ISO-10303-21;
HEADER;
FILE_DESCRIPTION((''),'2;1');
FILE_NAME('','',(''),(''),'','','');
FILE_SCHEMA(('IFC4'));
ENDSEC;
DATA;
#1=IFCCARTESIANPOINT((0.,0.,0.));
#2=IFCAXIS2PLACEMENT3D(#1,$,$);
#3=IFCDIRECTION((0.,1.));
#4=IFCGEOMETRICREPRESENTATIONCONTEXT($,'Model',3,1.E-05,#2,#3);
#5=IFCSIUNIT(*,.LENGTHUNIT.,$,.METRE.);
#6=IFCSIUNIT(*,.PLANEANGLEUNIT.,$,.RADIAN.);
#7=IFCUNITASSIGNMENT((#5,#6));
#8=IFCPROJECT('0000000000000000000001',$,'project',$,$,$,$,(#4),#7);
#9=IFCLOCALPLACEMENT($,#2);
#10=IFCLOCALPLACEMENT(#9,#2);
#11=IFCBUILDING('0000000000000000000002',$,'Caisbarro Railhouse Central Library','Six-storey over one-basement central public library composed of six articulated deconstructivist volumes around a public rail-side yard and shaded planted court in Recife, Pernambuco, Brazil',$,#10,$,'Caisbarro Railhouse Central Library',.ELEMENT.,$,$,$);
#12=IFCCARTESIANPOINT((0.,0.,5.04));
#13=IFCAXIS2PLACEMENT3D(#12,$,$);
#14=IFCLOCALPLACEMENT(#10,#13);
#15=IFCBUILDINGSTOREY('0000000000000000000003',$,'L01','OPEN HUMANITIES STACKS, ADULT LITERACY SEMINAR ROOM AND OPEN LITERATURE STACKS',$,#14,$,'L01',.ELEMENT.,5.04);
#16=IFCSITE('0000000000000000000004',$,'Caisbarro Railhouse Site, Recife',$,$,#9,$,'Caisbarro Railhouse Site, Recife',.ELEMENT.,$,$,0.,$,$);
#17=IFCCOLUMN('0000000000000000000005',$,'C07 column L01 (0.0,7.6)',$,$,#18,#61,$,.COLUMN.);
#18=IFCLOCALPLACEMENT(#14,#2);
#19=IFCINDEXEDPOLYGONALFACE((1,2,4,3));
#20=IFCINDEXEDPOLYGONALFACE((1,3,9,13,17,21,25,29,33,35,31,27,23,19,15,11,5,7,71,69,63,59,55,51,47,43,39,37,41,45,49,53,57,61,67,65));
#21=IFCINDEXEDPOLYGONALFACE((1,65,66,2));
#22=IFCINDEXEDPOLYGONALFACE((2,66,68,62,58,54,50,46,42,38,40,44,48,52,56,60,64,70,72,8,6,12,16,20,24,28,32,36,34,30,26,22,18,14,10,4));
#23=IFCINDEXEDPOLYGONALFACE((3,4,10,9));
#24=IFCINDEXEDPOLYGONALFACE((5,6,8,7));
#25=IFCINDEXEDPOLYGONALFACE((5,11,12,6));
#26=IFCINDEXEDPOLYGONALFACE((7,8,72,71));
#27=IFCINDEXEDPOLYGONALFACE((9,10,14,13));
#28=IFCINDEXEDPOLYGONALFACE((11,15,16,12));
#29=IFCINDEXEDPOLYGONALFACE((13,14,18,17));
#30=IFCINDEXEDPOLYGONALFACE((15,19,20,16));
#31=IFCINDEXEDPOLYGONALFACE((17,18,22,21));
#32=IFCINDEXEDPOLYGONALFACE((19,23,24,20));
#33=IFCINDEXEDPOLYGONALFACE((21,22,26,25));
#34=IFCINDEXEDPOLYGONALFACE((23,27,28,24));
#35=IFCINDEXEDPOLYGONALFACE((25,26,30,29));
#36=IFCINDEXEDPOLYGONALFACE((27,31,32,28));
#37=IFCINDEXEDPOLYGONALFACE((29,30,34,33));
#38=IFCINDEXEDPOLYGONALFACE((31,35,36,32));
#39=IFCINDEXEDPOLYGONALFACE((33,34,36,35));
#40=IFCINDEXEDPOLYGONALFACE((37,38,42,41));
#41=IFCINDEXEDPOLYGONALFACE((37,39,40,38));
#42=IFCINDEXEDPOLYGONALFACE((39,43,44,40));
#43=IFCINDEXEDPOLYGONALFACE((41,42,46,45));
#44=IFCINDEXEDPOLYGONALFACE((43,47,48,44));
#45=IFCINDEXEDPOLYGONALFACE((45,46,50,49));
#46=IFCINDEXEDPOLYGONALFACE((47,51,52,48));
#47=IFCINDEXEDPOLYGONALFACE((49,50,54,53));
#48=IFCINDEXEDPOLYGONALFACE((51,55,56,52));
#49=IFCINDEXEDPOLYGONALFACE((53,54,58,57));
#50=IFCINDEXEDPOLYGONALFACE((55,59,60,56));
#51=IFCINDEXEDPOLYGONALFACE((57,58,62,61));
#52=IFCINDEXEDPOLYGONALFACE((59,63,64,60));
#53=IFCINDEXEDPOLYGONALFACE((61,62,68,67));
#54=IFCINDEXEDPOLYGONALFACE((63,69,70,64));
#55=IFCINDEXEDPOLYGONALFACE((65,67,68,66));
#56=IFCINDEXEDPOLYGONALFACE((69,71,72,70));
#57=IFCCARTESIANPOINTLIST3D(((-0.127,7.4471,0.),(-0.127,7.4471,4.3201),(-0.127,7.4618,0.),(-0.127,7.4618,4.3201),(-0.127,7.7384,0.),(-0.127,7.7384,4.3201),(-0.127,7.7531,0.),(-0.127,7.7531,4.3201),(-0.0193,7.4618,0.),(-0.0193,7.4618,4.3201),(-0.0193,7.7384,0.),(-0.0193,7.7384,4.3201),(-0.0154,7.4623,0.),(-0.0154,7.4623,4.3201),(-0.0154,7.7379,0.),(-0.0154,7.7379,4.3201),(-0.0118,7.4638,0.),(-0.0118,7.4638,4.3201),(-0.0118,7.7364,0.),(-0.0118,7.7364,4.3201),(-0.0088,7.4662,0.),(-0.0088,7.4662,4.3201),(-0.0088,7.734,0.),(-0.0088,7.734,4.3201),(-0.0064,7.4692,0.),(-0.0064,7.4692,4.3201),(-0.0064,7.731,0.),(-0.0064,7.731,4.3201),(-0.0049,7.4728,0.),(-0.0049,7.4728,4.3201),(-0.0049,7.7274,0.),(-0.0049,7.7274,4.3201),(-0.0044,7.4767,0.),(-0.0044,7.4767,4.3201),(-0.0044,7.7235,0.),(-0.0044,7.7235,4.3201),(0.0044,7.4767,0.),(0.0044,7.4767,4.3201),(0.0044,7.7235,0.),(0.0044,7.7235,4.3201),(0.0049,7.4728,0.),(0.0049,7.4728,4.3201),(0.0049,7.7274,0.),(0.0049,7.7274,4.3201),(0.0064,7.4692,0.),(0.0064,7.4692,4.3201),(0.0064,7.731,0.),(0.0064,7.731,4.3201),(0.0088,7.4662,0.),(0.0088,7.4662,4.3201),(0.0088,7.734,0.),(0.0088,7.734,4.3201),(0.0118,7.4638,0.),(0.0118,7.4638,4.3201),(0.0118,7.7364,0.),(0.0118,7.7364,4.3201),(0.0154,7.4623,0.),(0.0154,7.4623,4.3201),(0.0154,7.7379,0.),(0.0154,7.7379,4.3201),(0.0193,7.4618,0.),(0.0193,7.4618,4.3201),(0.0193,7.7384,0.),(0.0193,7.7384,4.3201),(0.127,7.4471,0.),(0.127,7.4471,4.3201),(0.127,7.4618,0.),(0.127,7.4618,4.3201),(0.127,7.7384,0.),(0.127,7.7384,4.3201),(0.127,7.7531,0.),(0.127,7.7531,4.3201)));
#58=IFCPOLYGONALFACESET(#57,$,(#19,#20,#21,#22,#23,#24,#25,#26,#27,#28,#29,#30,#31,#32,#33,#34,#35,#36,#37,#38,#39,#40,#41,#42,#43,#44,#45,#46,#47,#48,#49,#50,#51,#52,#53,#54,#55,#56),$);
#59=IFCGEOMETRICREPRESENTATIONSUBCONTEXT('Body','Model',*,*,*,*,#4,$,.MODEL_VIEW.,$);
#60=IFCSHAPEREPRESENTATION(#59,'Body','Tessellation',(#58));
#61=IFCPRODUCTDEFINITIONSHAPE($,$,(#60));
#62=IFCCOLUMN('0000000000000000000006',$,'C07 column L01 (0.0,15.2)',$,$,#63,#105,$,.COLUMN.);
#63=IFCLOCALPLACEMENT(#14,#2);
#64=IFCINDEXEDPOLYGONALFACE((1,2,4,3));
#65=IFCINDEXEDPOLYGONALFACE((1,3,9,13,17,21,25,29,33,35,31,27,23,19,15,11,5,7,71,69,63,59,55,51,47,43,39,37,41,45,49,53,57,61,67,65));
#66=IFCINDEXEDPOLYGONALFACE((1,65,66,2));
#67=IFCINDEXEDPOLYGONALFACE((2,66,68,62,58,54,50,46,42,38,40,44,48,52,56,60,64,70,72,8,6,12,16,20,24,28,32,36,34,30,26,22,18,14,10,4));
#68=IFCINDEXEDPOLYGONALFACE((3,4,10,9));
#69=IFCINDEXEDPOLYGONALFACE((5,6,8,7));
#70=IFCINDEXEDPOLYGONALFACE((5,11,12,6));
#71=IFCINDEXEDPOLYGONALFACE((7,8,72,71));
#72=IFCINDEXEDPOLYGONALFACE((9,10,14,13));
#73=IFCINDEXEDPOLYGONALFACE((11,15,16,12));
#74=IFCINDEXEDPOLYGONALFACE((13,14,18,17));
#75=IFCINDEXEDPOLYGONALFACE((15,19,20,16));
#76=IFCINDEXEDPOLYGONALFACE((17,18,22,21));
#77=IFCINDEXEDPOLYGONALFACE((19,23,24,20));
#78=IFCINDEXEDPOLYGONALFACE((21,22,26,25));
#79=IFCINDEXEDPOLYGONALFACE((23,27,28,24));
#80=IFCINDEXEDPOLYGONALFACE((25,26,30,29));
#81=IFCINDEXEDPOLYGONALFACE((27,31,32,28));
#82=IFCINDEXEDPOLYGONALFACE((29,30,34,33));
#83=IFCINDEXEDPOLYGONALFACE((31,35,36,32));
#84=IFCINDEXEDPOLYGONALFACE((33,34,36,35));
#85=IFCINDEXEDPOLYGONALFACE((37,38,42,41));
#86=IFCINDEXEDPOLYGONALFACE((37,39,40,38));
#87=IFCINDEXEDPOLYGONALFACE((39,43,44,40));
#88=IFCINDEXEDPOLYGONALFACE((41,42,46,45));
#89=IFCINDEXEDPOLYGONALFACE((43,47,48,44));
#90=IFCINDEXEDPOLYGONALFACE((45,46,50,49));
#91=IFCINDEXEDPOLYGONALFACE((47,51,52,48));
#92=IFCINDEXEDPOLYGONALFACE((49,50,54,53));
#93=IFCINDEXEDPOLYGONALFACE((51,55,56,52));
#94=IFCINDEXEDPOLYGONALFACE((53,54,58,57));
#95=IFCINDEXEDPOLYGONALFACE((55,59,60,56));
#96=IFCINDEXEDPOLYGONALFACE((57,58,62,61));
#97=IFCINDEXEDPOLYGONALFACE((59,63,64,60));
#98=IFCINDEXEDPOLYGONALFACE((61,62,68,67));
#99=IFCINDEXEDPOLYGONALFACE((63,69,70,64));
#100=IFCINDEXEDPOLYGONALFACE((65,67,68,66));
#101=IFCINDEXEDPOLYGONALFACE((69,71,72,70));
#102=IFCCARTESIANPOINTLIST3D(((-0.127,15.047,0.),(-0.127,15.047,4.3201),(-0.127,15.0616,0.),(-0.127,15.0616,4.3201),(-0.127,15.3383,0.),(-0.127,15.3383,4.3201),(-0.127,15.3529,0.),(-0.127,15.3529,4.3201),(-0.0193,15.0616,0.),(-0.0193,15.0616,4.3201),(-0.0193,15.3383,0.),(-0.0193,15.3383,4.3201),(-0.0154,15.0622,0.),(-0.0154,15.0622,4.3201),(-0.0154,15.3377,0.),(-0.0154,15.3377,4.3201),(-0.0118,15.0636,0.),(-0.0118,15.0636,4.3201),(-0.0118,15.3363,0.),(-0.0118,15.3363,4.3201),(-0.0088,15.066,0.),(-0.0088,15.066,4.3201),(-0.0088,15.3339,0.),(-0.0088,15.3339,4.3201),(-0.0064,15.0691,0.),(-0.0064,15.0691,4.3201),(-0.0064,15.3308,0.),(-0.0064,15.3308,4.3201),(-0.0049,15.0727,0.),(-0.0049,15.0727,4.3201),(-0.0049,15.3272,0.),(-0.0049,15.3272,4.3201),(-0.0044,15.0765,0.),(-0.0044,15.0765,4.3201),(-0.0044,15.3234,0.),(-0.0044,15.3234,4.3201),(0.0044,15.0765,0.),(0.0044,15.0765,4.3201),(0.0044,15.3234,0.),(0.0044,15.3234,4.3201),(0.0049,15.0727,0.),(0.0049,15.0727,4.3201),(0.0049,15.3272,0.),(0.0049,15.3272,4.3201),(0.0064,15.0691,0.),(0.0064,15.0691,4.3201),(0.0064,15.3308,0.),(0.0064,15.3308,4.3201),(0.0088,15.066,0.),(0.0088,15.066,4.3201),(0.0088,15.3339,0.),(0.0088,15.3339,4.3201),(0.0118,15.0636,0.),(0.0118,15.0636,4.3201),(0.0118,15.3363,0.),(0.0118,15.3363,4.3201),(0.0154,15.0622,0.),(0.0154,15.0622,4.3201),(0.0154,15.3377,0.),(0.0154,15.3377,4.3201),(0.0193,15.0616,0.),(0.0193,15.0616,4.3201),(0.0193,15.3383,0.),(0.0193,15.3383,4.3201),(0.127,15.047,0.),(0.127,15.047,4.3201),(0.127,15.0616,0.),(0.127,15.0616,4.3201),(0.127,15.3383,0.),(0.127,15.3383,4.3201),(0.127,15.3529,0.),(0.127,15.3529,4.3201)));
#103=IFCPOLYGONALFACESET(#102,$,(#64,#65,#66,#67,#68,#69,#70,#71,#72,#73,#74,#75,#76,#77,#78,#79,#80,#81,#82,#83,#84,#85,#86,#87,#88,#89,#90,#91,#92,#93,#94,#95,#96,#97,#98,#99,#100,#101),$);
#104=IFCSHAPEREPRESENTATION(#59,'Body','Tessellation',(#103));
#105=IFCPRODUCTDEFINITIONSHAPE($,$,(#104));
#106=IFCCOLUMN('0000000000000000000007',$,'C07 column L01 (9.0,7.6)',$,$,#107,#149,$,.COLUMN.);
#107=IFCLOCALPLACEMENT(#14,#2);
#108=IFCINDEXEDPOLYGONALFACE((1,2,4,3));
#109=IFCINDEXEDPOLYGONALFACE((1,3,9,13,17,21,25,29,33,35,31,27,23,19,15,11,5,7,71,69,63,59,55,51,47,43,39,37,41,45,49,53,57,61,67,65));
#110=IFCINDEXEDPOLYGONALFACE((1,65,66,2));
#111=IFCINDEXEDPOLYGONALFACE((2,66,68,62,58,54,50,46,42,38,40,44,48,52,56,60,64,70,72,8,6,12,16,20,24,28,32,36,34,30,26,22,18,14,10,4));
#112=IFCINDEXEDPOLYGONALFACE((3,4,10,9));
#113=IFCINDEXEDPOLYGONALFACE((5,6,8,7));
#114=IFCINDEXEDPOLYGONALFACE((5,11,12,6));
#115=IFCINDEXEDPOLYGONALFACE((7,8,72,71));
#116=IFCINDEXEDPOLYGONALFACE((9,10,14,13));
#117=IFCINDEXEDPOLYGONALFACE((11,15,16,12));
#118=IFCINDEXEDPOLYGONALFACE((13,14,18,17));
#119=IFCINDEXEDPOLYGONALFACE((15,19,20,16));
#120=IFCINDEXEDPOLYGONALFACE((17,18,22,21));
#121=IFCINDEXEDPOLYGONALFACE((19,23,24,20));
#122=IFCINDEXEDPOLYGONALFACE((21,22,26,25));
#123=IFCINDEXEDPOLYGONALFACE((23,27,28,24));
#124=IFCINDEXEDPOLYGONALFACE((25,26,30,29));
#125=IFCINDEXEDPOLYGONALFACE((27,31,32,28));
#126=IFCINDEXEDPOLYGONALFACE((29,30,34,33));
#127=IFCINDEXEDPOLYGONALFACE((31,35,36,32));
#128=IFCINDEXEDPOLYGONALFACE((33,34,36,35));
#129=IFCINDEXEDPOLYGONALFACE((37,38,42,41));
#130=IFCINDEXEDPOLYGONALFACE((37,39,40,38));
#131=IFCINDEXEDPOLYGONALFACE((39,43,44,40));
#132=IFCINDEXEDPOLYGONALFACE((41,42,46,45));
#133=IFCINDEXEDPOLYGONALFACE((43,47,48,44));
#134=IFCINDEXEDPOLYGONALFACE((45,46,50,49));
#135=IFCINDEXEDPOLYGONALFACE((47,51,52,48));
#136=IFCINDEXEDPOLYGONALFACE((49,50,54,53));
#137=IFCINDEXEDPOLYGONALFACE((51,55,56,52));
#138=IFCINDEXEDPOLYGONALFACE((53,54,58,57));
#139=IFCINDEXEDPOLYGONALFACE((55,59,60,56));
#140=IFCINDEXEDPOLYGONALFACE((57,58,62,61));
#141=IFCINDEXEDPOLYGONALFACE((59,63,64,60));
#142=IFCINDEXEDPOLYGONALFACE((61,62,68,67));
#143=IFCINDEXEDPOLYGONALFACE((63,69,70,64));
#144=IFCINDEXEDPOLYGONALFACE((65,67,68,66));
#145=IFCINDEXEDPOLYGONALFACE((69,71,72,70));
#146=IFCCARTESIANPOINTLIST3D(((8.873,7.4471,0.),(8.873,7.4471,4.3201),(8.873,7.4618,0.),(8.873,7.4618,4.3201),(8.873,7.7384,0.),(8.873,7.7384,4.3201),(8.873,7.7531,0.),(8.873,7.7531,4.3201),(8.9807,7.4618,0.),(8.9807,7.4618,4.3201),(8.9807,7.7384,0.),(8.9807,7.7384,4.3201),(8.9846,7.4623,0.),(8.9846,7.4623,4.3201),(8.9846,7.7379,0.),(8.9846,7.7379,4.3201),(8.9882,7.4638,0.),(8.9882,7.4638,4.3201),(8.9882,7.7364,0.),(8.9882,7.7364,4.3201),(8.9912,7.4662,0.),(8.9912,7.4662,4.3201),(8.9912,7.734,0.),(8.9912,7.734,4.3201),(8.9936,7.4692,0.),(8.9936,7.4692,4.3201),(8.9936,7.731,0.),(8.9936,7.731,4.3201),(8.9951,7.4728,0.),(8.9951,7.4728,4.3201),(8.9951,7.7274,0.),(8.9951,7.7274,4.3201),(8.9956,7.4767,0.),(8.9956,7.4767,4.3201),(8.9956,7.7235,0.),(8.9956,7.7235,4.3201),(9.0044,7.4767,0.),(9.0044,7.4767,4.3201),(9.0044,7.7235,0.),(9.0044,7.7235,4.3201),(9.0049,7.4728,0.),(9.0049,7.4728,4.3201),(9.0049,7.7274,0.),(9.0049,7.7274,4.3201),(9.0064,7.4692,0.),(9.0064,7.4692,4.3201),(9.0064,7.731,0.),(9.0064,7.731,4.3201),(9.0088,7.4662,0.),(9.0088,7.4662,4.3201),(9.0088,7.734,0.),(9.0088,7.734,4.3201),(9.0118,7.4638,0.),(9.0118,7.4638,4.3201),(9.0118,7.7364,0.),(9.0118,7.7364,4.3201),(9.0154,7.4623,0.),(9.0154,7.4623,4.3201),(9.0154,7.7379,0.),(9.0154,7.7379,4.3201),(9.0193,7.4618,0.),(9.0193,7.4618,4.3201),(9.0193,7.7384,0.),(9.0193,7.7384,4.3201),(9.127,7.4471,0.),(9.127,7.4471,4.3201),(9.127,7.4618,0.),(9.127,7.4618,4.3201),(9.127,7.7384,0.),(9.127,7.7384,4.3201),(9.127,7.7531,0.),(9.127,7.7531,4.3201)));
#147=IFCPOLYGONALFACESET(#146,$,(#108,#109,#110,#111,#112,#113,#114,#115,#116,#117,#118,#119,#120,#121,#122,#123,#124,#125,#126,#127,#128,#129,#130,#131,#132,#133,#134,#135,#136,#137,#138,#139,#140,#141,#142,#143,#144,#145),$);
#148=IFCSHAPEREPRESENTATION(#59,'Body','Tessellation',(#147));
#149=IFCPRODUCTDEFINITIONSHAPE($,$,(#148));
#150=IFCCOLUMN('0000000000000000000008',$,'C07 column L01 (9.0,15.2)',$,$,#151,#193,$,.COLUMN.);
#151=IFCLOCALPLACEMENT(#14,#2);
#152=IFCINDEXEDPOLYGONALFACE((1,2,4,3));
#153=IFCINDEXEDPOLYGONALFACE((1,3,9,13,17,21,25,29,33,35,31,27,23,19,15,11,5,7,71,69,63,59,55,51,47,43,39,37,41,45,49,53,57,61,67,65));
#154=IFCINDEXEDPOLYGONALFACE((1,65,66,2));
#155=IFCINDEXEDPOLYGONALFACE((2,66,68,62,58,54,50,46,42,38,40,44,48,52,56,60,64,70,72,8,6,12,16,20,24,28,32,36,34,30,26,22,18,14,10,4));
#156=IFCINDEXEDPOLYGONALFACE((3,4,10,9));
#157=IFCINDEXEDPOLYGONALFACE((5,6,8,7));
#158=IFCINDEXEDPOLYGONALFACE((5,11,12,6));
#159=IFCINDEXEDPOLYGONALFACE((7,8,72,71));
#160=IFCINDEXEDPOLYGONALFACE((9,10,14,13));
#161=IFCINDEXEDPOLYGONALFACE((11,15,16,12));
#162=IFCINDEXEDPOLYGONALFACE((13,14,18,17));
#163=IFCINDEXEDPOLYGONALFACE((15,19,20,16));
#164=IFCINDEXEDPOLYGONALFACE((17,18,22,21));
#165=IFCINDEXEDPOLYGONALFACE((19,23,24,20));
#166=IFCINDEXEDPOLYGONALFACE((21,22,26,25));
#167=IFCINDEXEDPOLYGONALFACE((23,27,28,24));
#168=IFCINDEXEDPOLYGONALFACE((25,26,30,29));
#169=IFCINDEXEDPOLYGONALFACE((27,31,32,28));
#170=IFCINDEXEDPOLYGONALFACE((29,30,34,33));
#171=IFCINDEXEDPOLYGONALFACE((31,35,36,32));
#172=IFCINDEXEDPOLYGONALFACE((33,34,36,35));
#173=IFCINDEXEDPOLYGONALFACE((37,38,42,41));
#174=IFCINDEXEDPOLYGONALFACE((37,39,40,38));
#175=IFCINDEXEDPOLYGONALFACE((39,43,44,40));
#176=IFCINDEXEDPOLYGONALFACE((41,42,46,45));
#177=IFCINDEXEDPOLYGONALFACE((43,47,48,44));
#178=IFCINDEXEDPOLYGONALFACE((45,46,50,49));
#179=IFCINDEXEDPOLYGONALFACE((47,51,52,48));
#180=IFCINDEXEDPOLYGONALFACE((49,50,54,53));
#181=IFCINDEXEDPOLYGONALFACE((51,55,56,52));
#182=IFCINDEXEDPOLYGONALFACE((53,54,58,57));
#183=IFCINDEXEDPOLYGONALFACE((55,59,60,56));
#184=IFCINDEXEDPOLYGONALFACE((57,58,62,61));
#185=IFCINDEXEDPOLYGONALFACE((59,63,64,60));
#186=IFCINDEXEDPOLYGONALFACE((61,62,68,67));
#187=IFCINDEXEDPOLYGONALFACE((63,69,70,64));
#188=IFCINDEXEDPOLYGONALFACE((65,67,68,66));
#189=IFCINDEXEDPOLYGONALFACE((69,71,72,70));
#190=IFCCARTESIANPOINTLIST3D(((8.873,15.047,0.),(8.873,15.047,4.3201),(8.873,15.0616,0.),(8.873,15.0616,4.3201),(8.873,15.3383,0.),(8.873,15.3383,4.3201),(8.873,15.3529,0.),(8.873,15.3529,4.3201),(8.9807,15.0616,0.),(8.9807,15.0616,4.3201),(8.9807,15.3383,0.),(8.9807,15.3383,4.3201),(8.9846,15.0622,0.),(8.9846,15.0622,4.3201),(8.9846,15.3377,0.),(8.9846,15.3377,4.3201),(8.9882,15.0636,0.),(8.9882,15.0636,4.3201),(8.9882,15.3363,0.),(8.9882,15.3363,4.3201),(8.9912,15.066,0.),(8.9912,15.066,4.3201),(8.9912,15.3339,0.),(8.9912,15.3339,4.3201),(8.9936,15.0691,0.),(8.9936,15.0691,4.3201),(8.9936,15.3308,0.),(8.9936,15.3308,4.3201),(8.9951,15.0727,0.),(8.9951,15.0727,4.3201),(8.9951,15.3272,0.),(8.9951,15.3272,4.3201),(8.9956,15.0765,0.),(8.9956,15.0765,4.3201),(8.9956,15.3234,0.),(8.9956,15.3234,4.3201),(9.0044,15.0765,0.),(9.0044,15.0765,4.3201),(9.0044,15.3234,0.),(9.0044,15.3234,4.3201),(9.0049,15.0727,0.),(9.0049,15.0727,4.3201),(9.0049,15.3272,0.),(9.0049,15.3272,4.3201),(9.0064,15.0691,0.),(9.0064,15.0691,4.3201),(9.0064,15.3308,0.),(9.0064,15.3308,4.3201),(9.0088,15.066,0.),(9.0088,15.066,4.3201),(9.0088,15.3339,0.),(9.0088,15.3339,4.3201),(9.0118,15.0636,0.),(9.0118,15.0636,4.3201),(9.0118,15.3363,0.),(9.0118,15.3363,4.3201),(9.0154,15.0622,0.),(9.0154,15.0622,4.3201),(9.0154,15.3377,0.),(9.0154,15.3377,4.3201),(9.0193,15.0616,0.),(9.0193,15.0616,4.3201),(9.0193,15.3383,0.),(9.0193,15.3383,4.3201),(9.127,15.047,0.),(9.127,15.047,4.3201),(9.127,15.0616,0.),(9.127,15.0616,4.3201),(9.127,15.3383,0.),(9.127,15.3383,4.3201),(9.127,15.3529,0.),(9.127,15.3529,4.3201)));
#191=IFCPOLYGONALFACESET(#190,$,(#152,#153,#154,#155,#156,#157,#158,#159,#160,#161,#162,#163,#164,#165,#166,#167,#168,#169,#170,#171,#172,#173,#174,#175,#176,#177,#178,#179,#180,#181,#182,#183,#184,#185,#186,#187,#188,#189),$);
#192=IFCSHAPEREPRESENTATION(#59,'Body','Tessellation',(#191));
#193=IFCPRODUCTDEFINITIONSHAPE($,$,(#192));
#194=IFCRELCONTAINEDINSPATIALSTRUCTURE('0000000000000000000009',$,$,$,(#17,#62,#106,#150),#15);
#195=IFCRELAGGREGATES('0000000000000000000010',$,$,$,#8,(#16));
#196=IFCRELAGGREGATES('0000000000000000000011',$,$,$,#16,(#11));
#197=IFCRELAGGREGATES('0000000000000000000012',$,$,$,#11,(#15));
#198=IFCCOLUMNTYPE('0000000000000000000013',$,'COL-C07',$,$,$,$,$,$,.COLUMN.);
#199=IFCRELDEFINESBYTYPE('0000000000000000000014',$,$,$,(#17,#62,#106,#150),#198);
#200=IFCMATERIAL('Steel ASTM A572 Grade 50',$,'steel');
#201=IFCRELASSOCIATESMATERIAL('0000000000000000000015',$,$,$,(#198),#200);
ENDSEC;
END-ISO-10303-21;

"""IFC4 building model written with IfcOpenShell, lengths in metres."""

from ifc_helpers import new_model, si_unit, direction, frame, origin, origin_2d, place, context, subcontext, project, spatial, i_section, extrude, material, material_profile, profile_set, type_object, element, save


model = new_model("IFC4")

# Units and contexts
model_context = context("Model", 3, precision=1e-05, world=origin(), true_north=direction((0.0, 1.0)))
body_context = subcontext(model_context, "Body", "Model", "MODEL_VIEW")
ifc_project = project(units=[si_unit("LENGTHUNIT", "METRE"), si_unit("PLANEANGLEUNIT", "RADIAN")], contexts=[model_context])

# Site, building, storey
site_placement = place(None, origin())
site = spatial("IfcSite", under=ifc_project, at=site_placement, Name="Caisbarro Railhouse Site, Recife", LongName="Caisbarro Railhouse Site, Recife", CompositionType="ELEMENT", RefElevation=0.0)
building_placement = place(site_placement, origin())
building = spatial("IfcBuilding", under=site, at=building_placement, Name="Caisbarro Railhouse Central Library", Description="Six-storey over one-basement central public library composed of six articulated deconstructivist volumes around a public rail-side yard and shaded planted court in Recife, Pernambuco, Brazil", LongName="Caisbarro Railhouse Central Library", CompositionType="ELEMENT")
storey_placement = place(building_placement, frame((0.0, 0.0, 5.04)))
storey = spatial("IfcBuildingStorey", under=building, at=storey_placement, Name="L01", Description="OPEN HUMANITIES STACKS, ADULT LITERACY SEMINAR ROOM AND OPEN LITERATURE STACKS", LongName="L01", CompositionType="ELEMENT", Elevation=5.04)

# Columns
ifc_material_1 = material(Name="Steel ASTM A572 Grade 50", Category="steel")
ifc_material_profile_1 = material_profile(ifc_material_1, i_section(OverallWidth=0.2539, OverallDepth=0.3059, WebThickness=0.0088, FlangeThickness=0.0146, FilletRadius=0.0149, at=origin_2d()), Name="W310X79.0")
ifc_profile_set_1 = profile_set([ifc_material_profile_1], Name="Steel ASTM A572 Grade 50")
column_type = type_object("IfcColumnType", Name="COL-C07", PredefinedType="COLUMN", material=ifc_profile_set_1)
for number, where, z_axis, x_axis, name in (
    (1, (0.0, 7.6001, 0.0), (0.0, 0.0, 1.0), (1.0, 0.0, 0.0), "C07 column L01 (0.0,7.6)"),
    (2, (0.0, 15.2, 0.0), (0.0, 0.0, 1.0), (1.0, 0.0, 0.0), "C07 column L01 (0.0,15.2)"),
    (3, (9.0, 7.6001, 0.0), (0.0, 0.0, 1.0), (1.0, 0.0, 0.0), "C07 column L01 (9.0,7.6)"),
    (4, (9.0, 15.2, 0.0), (0.0, 0.0, 1.0), (1.0, 0.0, 0.0), "C07 column L01 (9.0,15.2)"),
):
    element("IfcColumn", number, at=place(storey_placement, frame(where, z_axis=z_axis, x_axis=x_axis)), inside=storey, type_object=column_type, Name=name, PredefinedType="COLUMN", context=body_context, shape_type="SweptSolid", body=[
        extrude(i_section(OverallWidth=0.2539, OverallDepth=0.3059, WebThickness=0.0088, FlangeThickness=0.0146, FilletRadius=0.0149, at=origin_2d()), origin(), (0.0, 0.0, 1.0), 4.3201),
    ])

save(model, "model.ifc")
